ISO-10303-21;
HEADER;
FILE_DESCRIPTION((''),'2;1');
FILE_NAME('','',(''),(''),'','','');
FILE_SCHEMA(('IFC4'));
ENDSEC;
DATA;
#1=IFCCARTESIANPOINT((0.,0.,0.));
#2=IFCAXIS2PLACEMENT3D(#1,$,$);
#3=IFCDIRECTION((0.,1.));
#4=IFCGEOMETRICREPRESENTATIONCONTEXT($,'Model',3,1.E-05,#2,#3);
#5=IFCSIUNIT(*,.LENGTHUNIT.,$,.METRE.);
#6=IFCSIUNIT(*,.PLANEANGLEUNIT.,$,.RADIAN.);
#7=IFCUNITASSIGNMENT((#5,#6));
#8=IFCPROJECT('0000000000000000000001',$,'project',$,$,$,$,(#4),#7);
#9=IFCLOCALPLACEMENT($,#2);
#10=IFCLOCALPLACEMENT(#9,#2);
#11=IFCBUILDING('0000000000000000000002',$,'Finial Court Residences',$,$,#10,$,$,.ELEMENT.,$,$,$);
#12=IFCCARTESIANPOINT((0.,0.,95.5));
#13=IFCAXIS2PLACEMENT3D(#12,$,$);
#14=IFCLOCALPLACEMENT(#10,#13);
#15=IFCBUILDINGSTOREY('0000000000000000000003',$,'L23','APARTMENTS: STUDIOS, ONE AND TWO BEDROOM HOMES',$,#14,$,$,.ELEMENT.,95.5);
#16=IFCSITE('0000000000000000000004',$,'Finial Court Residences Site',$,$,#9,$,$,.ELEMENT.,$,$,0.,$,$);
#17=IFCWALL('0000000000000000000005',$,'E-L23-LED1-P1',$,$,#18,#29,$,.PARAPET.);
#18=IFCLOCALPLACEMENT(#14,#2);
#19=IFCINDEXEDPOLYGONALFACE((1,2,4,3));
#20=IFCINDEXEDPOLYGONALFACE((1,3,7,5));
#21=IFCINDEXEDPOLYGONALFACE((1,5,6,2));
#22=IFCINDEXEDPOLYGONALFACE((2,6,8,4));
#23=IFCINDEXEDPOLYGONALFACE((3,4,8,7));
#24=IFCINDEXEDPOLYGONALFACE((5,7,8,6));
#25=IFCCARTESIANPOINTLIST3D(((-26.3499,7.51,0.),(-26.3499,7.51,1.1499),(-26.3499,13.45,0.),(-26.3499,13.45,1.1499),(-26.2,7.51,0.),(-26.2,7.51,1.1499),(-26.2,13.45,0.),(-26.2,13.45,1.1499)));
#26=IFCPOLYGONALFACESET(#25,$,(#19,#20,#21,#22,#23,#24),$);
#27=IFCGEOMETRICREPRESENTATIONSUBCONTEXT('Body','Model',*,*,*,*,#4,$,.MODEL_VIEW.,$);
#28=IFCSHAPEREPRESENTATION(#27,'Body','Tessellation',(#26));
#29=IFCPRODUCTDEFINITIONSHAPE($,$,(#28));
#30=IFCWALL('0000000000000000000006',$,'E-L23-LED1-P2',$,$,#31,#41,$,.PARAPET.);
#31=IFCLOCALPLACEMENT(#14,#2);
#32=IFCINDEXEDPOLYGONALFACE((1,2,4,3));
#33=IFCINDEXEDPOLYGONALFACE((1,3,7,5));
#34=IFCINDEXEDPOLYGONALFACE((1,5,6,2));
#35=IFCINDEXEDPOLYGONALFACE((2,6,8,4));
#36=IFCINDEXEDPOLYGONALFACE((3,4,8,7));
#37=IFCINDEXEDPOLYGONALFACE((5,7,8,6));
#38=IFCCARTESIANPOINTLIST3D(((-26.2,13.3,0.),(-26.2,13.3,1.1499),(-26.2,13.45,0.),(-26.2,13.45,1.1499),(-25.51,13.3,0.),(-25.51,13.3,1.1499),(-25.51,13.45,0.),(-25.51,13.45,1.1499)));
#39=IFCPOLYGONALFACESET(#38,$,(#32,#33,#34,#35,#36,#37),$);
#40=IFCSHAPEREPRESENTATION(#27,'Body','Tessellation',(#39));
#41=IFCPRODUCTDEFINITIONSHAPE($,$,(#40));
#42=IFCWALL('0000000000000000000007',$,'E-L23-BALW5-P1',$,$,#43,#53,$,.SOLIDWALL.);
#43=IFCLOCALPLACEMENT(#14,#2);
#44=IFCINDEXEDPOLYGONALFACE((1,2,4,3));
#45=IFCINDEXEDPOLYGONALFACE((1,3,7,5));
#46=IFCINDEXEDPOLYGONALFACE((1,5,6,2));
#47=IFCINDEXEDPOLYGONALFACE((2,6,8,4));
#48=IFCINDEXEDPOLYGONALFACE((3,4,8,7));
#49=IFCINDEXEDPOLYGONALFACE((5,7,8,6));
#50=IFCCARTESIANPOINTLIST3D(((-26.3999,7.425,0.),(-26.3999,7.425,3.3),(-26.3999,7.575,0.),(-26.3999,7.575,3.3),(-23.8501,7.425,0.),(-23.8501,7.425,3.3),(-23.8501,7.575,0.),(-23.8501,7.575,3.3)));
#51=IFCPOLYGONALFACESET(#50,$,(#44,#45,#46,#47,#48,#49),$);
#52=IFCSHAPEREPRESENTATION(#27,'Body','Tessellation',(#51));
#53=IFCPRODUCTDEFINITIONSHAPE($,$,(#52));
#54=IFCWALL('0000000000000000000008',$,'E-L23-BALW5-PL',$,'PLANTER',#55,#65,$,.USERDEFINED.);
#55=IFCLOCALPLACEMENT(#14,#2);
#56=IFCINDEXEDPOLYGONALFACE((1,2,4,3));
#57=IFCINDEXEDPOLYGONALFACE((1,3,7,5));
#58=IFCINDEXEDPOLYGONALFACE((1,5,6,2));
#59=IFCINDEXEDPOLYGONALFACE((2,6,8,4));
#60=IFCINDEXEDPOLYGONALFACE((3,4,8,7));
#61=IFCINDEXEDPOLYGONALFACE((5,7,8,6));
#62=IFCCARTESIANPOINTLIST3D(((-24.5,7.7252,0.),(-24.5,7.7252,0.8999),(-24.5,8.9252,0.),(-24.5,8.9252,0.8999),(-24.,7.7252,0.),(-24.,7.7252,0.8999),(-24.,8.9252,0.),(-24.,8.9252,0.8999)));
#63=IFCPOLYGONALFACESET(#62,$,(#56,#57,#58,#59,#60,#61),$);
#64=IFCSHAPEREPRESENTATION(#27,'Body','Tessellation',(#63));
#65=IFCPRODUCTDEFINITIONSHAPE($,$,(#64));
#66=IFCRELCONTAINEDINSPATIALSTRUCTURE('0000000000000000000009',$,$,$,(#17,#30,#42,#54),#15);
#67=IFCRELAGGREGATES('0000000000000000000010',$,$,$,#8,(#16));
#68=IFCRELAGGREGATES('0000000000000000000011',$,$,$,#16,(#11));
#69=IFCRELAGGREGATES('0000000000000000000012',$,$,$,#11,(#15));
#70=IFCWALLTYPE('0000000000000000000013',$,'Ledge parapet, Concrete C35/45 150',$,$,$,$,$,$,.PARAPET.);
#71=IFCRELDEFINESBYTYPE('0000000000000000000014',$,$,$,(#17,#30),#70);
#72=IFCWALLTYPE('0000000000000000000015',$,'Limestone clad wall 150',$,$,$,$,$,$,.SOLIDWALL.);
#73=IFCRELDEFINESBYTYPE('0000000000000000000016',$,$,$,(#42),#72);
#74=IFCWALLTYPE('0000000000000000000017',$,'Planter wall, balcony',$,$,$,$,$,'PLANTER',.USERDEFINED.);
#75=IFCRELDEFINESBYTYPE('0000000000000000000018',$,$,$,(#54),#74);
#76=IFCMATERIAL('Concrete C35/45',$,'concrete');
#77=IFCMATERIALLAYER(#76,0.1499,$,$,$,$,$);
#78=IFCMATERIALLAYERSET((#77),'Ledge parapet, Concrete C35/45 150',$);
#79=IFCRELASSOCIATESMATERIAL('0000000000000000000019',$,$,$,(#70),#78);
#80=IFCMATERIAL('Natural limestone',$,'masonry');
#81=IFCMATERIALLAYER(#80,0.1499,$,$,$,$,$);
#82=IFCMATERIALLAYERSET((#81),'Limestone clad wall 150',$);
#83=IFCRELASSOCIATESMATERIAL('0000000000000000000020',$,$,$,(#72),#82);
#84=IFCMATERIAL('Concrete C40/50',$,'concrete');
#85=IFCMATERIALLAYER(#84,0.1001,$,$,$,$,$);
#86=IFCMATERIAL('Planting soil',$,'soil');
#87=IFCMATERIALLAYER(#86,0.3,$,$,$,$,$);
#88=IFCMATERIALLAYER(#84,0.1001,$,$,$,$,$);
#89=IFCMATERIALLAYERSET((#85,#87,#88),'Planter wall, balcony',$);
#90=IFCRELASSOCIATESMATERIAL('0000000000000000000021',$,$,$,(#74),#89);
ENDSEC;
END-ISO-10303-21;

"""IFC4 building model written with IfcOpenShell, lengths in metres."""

from ifc_helpers import new_model, si_unit, direction, frame, frame_2d, origin, place, context, subcontext, project, spatial, rectangle, extrude, material, layer, layer_set, type_object, element, save


model = new_model("IFC4")

# Units and contexts
model_context = context("Model", 3, precision=1e-05, world=origin(), true_north=direction((0.0, 1.0)))
body_context = subcontext(model_context, "Body", "Model", "MODEL_VIEW")
ifc_project = project(units=[si_unit("LENGTHUNIT", "METRE"), si_unit("PLANEANGLEUNIT", "RADIAN")], contexts=[model_context])

# Site, building, storey
site_placement = place(None, origin())
site = spatial("IfcSite", under=ifc_project, at=site_placement, Name="Finial Court Residences Site", CompositionType="ELEMENT", RefElevation=0.0)
building_placement = place(site_placement, origin())
building = spatial("IfcBuilding", under=site, at=building_placement, Name="Finial Court Residences", CompositionType="ELEMENT")
storey_placement = place(building_placement, frame((0.0, 0.0, 95.5)))
storey = spatial("IfcBuildingStorey", under=building, at=storey_placement, Name="L23", Description="APARTMENTS: STUDIOS, ONE AND TWO BEDROOM HOMES", CompositionType="ELEMENT", Elevation=95.5)

# Walls
ifc_material_1 = material(Name="Concrete C35/45", Category="concrete")
ifc_layer_1 = layer(ifc_material_1, 0.1499)
ifc_layer_set_1 = layer_set([ifc_layer_1], Name="Ledge parapet, Concrete C35/45 150")
wall_type_1 = type_object("IfcWallType", Name="Ledge parapet, Concrete C35/45 150", PredefinedType="PARAPET", material=ifc_layer_set_1)
wall_1_placement = place(storey_placement, frame((-26.2749, 7.51, 0.0), z_axis=(0.0, 0.0, 1.0), x_axis=(0.0, 1.0, 0.0)))
element("IfcWall", 1, at=wall_1_placement, inside=storey, type_object=wall_type_1, Name="E-L23-LED1-P1", PredefinedType="PARAPET", context=body_context, shape_type="SweptSolid", body=[
    extrude(rectangle(XDim=5.9399, YDim=0.1499, at=frame_2d((2.97, 0.0))), origin(), (0.0, 0.0, 1.0), 1.1499),
])
wall_2_placement = place(storey_placement, frame((-26.2, 13.375, 0.0), z_axis=(0.0, 0.0, 1.0), x_axis=(1.0, 0.0, 0.0)))
element("IfcWall", 2, at=wall_2_placement, inside=storey, type_object=wall_type_1, Name="E-L23-LED1-P2", PredefinedType="PARAPET", context=body_context, shape_type="SweptSolid", body=[
    extrude(rectangle(XDim=0.6899, YDim=0.1499, at=frame_2d((0.345, 0.0))), origin(), (0.0, 0.0, 1.0), 1.1499),
])
ifc_material_2 = material(Name="Natural limestone", Category="masonry")
ifc_layer_2 = layer(ifc_material_2, 0.1499)
ifc_layer_set_2 = layer_set([ifc_layer_2], Name="Limestone clad wall 150")
wall_type_2 = type_object("IfcWallType", Name="Limestone clad wall 150", PredefinedType="SOLIDWALL", material=ifc_layer_set_2)
wall_3_placement = place(storey_placement, frame((-23.8501, 7.5, 0.0), z_axis=(0.0, 0.0, 1.0), x_axis=(-1.0, 0.0, 0.0)))
element("IfcWall", 3, at=wall_3_placement, inside=storey, type_object=wall_type_2, Name="E-L23-BALW5-P1", PredefinedType="SOLIDWALL", context=body_context, shape_type="SweptSolid", body=[
    extrude(rectangle(XDim=2.5498, YDim=0.1499, at=frame_2d((1.2749, 0.0))), origin(), (0.0, 0.0, 1.0), 3.3),
])

# Wall
ifc_material_3 = material(Name="Concrete C40/50", Category="concrete")
ifc_layer_3 = layer(ifc_material_3, 0.1001)
ifc_material_4 = material(Name="Planting soil", Category="soil")
ifc_layer_4 = layer(ifc_material_4, 0.3)
ifc_layer_5 = layer(ifc_material_3, 0.1001)
ifc_layer_set_3 = layer_set([ifc_layer_3, ifc_layer_4, ifc_layer_5], Name="Planter wall, balcony")
wall_type_3 = type_object("IfcWallType", Name="Planter wall, balcony", ElementType="PLANTER", PredefinedType="USERDEFINED", material=ifc_layer_set_3)
wall_4_placement = place(storey_placement, frame((-24.25, 7.7251, 0.0), z_axis=(0.0, 0.0, 1.0), x_axis=(0.0, 1.0, 0.0)))
element("IfcWall", 4, at=wall_4_placement, inside=storey, type_object=wall_type_3, Name="E-L23-BALW5-PL", ObjectType="PLANTER", PredefinedType="USERDEFINED", context=body_context, shape_type="SweptSolid", body=[
    extrude(rectangle(XDim=1.2, YDim=0.5, at=frame_2d((0.6001, 0.0))), origin(), (0.0, 0.0, 1.0), 0.8999),
])

save(model, "model.ifc")
